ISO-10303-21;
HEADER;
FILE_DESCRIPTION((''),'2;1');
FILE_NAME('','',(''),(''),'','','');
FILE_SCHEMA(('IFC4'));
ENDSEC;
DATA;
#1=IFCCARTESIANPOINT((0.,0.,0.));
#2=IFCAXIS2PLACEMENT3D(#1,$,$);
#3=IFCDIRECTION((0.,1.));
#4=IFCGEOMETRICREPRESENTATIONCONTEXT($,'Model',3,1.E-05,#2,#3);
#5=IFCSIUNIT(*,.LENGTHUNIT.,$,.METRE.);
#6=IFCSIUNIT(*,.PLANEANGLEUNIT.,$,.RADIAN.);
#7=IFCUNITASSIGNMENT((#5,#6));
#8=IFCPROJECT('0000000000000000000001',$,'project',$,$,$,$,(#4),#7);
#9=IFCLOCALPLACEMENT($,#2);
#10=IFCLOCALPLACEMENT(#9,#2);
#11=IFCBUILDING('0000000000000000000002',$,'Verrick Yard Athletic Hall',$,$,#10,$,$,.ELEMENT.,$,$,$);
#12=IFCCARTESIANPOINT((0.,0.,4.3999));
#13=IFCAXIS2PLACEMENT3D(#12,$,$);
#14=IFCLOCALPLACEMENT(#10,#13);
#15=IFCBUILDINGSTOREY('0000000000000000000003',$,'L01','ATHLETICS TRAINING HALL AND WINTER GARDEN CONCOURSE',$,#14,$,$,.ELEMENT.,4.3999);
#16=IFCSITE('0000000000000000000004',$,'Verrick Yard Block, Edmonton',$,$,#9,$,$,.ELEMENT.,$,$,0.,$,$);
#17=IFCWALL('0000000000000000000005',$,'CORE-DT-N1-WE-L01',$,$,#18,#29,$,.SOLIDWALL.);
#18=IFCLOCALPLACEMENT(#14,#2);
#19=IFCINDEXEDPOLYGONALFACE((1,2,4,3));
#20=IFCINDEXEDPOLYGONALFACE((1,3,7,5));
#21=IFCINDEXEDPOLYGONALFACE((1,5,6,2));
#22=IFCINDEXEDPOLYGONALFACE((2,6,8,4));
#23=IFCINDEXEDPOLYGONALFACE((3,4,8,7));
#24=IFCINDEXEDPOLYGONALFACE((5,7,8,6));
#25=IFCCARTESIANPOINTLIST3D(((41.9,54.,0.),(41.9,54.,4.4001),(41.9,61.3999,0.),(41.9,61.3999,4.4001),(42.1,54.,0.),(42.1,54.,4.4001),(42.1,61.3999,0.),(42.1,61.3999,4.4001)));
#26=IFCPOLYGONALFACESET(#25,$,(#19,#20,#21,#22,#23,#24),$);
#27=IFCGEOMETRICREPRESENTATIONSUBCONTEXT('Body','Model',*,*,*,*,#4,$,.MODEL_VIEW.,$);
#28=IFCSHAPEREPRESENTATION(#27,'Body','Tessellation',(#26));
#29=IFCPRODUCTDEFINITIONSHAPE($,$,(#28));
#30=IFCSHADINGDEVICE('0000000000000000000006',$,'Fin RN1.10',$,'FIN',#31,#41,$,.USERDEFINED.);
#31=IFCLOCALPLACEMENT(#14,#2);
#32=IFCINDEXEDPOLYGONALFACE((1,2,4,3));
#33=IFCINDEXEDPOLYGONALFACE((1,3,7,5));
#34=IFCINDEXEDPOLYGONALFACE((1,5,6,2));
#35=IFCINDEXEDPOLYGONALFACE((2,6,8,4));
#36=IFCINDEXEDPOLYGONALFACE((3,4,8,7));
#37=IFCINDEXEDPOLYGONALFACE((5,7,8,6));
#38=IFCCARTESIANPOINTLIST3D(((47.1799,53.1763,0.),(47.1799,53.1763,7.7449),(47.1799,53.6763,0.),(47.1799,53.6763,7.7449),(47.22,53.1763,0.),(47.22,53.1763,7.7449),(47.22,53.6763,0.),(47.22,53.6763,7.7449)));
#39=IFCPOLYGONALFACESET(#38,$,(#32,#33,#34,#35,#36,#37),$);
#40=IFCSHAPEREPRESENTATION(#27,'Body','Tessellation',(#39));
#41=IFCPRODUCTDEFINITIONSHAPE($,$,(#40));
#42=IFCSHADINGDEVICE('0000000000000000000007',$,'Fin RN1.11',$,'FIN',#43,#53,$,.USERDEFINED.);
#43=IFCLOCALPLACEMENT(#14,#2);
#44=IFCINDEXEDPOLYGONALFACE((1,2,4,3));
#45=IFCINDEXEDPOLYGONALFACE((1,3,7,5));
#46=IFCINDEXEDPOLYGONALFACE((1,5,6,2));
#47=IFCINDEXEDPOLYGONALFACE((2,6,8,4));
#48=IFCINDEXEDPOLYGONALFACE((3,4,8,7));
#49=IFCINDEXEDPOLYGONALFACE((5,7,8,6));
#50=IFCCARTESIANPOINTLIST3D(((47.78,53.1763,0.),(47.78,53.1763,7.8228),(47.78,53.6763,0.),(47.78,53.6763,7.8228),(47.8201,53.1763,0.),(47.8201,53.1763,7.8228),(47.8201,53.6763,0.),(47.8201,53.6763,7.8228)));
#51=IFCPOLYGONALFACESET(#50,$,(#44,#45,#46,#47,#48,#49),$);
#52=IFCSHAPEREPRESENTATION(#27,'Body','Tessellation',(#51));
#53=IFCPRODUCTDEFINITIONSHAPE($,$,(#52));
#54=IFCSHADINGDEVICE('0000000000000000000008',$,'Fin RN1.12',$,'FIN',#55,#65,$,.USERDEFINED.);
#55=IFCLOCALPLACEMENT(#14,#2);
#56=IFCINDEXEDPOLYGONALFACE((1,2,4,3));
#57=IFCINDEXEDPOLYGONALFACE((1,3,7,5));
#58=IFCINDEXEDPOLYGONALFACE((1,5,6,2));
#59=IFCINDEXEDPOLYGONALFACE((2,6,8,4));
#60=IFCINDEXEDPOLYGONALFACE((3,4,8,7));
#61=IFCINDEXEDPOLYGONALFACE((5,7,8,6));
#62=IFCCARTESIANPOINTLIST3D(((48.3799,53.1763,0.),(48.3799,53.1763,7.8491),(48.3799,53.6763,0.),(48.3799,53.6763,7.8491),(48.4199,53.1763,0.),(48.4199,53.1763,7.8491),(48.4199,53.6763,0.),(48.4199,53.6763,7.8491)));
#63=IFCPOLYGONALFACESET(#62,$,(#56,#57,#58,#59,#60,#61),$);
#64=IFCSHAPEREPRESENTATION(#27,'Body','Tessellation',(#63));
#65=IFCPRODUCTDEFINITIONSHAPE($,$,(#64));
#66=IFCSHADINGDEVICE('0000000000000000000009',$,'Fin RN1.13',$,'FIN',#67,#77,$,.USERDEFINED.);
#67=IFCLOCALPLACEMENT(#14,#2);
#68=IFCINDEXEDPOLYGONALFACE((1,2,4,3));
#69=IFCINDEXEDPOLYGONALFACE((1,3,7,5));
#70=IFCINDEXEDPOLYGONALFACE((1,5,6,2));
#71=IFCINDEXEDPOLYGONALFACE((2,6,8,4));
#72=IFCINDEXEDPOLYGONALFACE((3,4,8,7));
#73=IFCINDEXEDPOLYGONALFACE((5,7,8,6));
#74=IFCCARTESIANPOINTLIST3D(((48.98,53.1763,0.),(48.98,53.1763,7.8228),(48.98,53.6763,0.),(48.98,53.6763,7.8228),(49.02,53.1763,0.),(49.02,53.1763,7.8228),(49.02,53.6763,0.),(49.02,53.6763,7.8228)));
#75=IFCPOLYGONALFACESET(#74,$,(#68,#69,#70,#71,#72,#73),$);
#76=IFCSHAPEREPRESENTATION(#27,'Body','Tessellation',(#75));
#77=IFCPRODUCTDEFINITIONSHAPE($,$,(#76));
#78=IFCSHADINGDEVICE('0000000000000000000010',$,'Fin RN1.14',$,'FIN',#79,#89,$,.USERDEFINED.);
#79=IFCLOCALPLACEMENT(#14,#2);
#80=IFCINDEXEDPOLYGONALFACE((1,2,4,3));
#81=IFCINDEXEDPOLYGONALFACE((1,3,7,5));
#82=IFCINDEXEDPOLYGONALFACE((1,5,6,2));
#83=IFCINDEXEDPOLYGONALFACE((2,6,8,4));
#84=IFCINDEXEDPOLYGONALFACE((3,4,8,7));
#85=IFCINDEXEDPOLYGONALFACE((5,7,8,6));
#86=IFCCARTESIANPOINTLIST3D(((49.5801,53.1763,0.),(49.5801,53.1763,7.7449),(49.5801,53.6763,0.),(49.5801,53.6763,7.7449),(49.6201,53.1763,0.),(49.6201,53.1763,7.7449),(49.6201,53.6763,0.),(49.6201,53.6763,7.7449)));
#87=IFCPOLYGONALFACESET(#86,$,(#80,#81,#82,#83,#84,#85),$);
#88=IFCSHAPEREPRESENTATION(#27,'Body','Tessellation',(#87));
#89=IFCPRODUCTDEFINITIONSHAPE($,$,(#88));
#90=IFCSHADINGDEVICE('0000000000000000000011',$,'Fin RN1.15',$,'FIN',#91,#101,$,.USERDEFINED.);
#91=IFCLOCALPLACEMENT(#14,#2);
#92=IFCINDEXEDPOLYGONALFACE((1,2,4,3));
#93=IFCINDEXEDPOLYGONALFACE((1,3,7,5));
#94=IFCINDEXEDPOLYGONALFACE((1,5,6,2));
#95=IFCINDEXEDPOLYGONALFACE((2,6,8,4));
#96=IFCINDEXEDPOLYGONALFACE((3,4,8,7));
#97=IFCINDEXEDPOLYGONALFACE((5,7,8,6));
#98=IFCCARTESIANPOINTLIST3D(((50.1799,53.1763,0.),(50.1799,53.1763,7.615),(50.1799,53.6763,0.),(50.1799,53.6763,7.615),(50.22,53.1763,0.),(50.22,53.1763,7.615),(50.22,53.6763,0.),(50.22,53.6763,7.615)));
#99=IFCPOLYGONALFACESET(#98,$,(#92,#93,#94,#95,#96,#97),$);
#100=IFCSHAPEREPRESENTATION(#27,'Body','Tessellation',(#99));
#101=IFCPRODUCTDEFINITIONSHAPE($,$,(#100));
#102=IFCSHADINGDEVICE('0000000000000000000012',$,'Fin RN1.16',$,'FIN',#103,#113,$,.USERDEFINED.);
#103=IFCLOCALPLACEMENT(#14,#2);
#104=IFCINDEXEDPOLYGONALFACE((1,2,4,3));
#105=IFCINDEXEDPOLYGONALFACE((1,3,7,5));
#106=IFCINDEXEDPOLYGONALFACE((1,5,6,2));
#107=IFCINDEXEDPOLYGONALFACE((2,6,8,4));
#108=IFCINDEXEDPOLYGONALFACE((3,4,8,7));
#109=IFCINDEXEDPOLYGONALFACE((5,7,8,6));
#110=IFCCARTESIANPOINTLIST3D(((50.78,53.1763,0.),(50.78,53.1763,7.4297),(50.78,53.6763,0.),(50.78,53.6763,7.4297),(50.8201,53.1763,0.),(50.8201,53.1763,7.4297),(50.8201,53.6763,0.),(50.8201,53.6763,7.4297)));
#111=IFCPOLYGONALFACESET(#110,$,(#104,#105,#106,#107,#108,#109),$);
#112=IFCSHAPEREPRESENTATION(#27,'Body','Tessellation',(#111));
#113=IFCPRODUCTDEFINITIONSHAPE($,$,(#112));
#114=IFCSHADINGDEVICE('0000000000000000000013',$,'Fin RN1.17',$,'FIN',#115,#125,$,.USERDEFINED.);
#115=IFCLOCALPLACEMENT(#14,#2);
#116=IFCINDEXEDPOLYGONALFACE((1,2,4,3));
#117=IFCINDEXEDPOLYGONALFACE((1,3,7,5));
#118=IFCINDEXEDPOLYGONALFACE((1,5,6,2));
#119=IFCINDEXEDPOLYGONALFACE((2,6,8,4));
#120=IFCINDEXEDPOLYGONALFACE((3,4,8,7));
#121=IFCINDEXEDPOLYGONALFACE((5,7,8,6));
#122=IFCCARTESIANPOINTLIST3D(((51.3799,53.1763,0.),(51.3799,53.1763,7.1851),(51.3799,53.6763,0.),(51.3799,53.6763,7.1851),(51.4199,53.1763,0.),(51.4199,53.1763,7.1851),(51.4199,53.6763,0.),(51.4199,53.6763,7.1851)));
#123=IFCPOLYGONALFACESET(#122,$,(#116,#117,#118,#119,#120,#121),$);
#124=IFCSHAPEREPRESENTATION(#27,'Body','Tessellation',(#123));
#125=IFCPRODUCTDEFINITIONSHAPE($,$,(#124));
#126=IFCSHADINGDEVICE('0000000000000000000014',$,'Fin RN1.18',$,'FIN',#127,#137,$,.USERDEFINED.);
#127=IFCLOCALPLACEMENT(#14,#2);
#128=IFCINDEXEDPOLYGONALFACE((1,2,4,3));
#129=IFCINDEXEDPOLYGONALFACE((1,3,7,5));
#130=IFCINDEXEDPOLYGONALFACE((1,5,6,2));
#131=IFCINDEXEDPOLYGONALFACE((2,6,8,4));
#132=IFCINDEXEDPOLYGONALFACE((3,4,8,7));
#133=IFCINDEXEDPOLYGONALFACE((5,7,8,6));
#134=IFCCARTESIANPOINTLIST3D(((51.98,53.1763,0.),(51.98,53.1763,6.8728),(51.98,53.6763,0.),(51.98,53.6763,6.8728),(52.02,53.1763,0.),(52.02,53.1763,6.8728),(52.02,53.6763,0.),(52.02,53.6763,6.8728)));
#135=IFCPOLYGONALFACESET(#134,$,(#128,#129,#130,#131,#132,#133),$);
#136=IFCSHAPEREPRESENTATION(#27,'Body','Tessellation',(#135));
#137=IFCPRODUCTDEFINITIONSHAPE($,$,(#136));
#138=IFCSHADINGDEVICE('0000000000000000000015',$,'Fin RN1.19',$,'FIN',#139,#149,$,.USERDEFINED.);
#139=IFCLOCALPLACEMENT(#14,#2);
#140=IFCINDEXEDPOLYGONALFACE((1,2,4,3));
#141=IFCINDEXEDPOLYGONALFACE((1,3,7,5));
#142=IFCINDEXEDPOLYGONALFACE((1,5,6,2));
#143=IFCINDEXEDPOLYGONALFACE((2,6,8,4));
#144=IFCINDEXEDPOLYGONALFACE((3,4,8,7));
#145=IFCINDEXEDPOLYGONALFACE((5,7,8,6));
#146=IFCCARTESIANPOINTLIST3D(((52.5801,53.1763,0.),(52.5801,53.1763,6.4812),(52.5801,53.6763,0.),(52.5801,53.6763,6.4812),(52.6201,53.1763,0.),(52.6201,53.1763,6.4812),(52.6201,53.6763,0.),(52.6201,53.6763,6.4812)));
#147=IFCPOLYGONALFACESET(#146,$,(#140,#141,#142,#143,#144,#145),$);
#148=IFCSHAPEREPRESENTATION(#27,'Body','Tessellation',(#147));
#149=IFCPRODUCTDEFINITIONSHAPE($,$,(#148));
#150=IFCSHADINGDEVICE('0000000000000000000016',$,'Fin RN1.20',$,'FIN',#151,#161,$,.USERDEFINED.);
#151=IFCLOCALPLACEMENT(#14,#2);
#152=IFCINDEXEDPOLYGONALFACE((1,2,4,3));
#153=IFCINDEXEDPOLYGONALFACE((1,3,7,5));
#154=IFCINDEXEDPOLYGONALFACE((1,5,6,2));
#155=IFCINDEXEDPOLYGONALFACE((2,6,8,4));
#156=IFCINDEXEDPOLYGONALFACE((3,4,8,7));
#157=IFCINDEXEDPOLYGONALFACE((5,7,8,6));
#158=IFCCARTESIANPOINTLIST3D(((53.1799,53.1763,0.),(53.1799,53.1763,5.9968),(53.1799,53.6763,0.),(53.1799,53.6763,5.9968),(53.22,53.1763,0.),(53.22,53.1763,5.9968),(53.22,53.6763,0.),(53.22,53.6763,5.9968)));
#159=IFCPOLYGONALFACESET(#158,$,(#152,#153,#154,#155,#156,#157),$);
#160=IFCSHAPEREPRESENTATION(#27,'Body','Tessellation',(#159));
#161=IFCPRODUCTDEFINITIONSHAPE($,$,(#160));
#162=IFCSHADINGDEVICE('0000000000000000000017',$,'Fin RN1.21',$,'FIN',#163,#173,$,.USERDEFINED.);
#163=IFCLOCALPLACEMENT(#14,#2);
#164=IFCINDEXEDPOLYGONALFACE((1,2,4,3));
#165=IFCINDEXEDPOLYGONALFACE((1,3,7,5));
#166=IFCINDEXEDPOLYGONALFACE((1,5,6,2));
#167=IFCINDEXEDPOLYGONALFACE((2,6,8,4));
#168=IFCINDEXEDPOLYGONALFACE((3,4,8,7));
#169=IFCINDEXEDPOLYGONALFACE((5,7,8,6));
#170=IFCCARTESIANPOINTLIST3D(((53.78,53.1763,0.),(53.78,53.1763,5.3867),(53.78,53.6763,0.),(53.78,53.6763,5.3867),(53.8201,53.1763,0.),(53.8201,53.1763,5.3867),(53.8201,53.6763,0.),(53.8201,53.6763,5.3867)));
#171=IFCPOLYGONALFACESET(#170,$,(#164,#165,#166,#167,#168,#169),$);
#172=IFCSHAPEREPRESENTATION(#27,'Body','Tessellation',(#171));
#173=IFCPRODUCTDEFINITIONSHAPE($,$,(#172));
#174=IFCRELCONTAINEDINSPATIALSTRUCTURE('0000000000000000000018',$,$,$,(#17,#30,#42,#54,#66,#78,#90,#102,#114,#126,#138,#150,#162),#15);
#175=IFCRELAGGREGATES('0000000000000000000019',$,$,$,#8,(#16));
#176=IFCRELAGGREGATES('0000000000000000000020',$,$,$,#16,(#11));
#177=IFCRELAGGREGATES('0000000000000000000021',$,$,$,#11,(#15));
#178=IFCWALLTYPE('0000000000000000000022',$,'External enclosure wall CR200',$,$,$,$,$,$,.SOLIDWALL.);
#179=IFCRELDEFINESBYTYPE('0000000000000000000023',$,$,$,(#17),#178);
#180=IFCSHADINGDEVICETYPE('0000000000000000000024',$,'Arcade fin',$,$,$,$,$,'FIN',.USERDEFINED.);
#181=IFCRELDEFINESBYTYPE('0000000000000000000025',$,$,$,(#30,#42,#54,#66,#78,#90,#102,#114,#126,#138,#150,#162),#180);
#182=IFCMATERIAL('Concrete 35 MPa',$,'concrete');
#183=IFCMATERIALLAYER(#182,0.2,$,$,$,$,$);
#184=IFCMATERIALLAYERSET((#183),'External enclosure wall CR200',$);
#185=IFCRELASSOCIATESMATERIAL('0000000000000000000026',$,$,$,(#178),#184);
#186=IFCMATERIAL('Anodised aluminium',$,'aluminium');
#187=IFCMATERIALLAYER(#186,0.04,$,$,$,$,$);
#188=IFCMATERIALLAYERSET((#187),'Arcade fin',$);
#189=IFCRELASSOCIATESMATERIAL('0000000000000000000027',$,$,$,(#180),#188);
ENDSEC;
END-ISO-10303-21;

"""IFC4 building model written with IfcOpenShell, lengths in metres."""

from ifc_helpers import new_model, si_unit, direction, frame, frame_2d, origin, place, context, subcontext, project, spatial, polyline, rectangle, outline, extrude, material, layer, layer_set, type_object, element, save


model = new_model("IFC4")

# Units and contexts
model_context = context("Model", 3, precision=1e-05, world=origin(), true_north=direction((0.0, 1.0)))
body_context = subcontext(model_context, "Body", "Model", "MODEL_VIEW")
ifc_project = project(units=[si_unit("LENGTHUNIT", "METRE"), si_unit("PLANEANGLEUNIT", "RADIAN")], contexts=[model_context])

# Site, building, storey
site_placement = place(None, origin())
site = spatial("IfcSite", under=ifc_project, at=site_placement, Name="Verrick Yard Block, Edmonton", CompositionType="ELEMENT", RefElevation=0.0)
building_placement = place(site_placement, origin())
building = spatial("IfcBuilding", under=site, at=building_placement, Name="Verrick Yard Athletic Hall", CompositionType="ELEMENT")
storey_placement = place(building_placement, frame((0.0, 0.0, 4.3999)))
storey = spatial("IfcBuildingStorey", under=building, at=storey_placement, Name="L01", Description="ATHLETICS TRAINING HALL AND WINTER GARDEN CONCOURSE", CompositionType="ELEMENT", Elevation=4.3999)

# Wall
ifc_material_1 = material(Name="Concrete 35 MPa", Category="concrete")
ifc_layer_1 = layer(ifc_material_1, 0.2)
ifc_layer_set_1 = layer_set([ifc_layer_1], Name="External enclosure wall CR200")
wall_type = type_object("IfcWallType", Name="External enclosure wall CR200", PredefinedType="SOLIDWALL", material=ifc_layer_set_1)
wall_placement = place(storey_placement, frame((42.0, 61.3999, 0.0), z_axis=(0.0, 0.0, 1.0), x_axis=(0.0, -1.0, 0.0)))
element("IfcWall", 1, at=wall_placement, inside=storey, type_object=wall_type, Name="CORE-DT-N1-WE-L01", PredefinedType="SOLIDWALL", context=body_context, shape_type="SweptSolid", body=[
    extrude(rectangle(XDim=7.3999, YDim=0.2, at=frame_2d((3.7, 0.0))), origin(), (0.0, 0.0, 1.0), 4.4001),
])

# Shading devices
ifc_material_2 = material(Name="Anodised aluminium", Category="aluminium")
ifc_layer_2 = layer(ifc_material_2, 0.04)
ifc_layer_set_2 = layer_set([ifc_layer_2], Name="Arcade fin")
shading_device_type_1 = type_object("IfcShadingDeviceType", Name="Arcade fin", ElementType="FIN", PredefinedType="USERDEFINED", material=ifc_layer_set_2)
shading_device_1_placement = place(storey_placement, frame((47.2, 53.1763, 0.0), z_axis=(0.0, 0.0, 1.0), x_axis=(0.0, 1.0, 0.0)))
element("IfcShadingDevice", 2, at=shading_device_1_placement, inside=storey, type_object=shading_device_type_1, Name="Fin RN1.10", ObjectType="FIN", PredefinedType="USERDEFINED", context=body_context, shape_type="SweptSolid", body=[
    extrude(outline(polyline([(0.0, 0.0), (0.5, 0.0), (0.5, 7.7449), (0.0, 7.7449), (0.0, 0.0)])), frame((0.0, 0.02, 0.0), z_axis=(0.0, -1.0, 0.0), x_axis=(1.0, 0.0, 0.0)), (0.0, 0.0, 1.0), 0.04),
])
shading_device_2_placement = place(storey_placement, frame((47.8, 53.1763, 0.0), z_axis=(0.0, 0.0, 1.0), x_axis=(0.0, 1.0, 0.0)))
element("IfcShadingDevice", 3, at=shading_device_2_placement, inside=storey, type_object=shading_device_type_1, Name="Fin RN1.11", ObjectType="FIN", PredefinedType="USERDEFINED", context=body_context, shape_type="SweptSolid", body=[
    extrude(outline(polyline([(0.0, 0.0), (0.5, 0.0), (0.5, 7.8228), (0.0, 7.8228), (0.0, 0.0)])), frame((0.0, 0.02, 0.0), z_axis=(0.0, -1.0, 0.0), x_axis=(1.0, 0.0, 0.0)), (0.0, 0.0, 1.0), 0.04),
])
shading_device_3_placement = place(storey_placement, frame((48.3999, 53.1763, 0.0), z_axis=(0.0, 0.0, 1.0), x_axis=(0.0, 1.0, 0.0)))
element("IfcShadingDevice", 4, at=shading_device_3_placement, inside=storey, type_object=shading_device_type_1, Name="Fin RN1.12", ObjectType="FIN", PredefinedType="USERDEFINED", context=body_context, shape_type="SweptSolid", body=[
    extrude(outline(polyline([(0.0, 0.0), (0.5, 0.0), (0.5, 7.8491), (0.0, 7.8491), (0.0, 0.0)])), frame((0.0, 0.02, 0.0), z_axis=(0.0, -1.0, 0.0), x_axis=(1.0, 0.0, 0.0)), (0.0, 0.0, 1.0), 0.04),
])
shading_device_4_placement = place(storey_placement, frame((49.0, 53.1763, 0.0), z_axis=(0.0, 0.0, 1.0), x_axis=(0.0, 1.0, 0.0)))
element("IfcShadingDevice", 5, at=shading_device_4_placement, inside=storey, type_object=shading_device_type_1, Name="Fin RN1.13", ObjectType="FIN", PredefinedType="USERDEFINED", context=body_context, shape_type="SweptSolid", body=[
    extrude(outline(polyline([(0.0, 0.0), (0.5, 0.0), (0.5, 7.8228), (0.0, 7.8228), (0.0, 0.0)])), frame((0.0, 0.02, 0.0), z_axis=(0.0, -1.0, 0.0), x_axis=(1.0, 0.0, 0.0)), (0.0, 0.0, 1.0), 0.04),
])
shading_device_5_placement = place(storey_placement, frame((49.6001, 53.1763, 0.0), z_axis=(0.0, 0.0, 1.0), x_axis=(0.0, 1.0, 0.0)))
element("IfcShadingDevice", 6, at=shading_device_5_placement, inside=storey, type_object=shading_device_type_1, Name="Fin RN1.14", ObjectType="FIN", PredefinedType="USERDEFINED", context=body_context, shape_type="SweptSolid", body=[
    extrude(outline(polyline([(0.0, 0.0), (0.5, 0.0), (0.5, 7.7449), (0.0, 7.7449), (0.0, 0.0)])), frame((0.0, 0.02, 0.0), z_axis=(0.0, -1.0, 0.0), x_axis=(1.0, 0.0, 0.0)), (0.0, 0.0, 1.0), 0.04),
])
shading_device_6_placement = place(storey_placement, frame((50.2, 53.1763, 0.0), z_axis=(0.0, 0.0, 1.0), x_axis=(0.0, 1.0, 0.0)))
element("IfcShadingDevice", 7, at=shading_device_6_placement, inside=storey, type_object=shading_device_type_1, Name="Fin RN1.15", ObjectType="FIN", PredefinedType="USERDEFINED", context=body_context, shape_type="SweptSolid", body=[
    extrude(outline(polyline([(0.0, 0.0), (0.5, 0.0), (0.5, 7.615), (0.0, 7.615), (0.0, 0.0)])), frame((0.0, 0.02, 0.0), z_axis=(0.0, -1.0, 0.0), x_axis=(1.0, 0.0, 0.0)), (0.0, 0.0, 1.0), 0.04),
])
shading_device_7_placement = place(storey_placement, frame((50.8, 53.1763, 0.0), z_axis=(0.0, 0.0, 1.0), x_axis=(0.0, 1.0, 0.0)))
element("IfcShadingDevice", 8, at=shading_device_7_placement, inside=storey, type_object=shading_device_type_1, Name="Fin RN1.16", ObjectType="FIN", PredefinedType="USERDEFINED", context=body_context, shape_type="SweptSolid", body=[
    extrude(outline(polyline([(0.0, 0.0), (0.5, 0.0), (0.5, 7.4297), (0.0, 7.4297), (0.0, 0.0)])), frame((0.0, 0.02, 0.0), z_axis=(0.0, -1.0, 0.0), x_axis=(1.0, 0.0, 0.0)), (0.0, 0.0, 1.0), 0.04),
])
shading_device_8_placement = place(storey_placement, frame((51.3999, 53.1763, 0.0), z_axis=(0.0, 0.0, 1.0), x_axis=(0.0, 1.0, 0.0)))
element("IfcShadingDevice", 9, at=shading_device_8_placement, inside=storey, type_object=shading_device_type_1, Name="Fin RN1.17", ObjectType="FIN", PredefinedType="USERDEFINED", context=body_context, shape_type="SweptSolid", body=[
    extrude(outline(polyline([(0.0, 0.0), (0.5, 0.0), (0.5, 7.1851), (0.0, 7.1851), (0.0, 0.0)])), frame((0.0, 0.02, 0.0), z_axis=(0.0, -1.0, 0.0), x_axis=(1.0, 0.0, 0.0)), (0.0, 0.0, 1.0), 0.04),
])
shading_device_9_placement = place(storey_placement, frame((52.0, 53.1763, 0.0), z_axis=(0.0, 0.0, 1.0), x_axis=(0.0, 1.0, 0.0)))
element("IfcShadingDevice", 10, at=shading_device_9_placement, inside=storey, type_object=shading_device_type_1, Name="Fin RN1.18", ObjectType="FIN", PredefinedType="USERDEFINED", context=body_context, shape_type="SweptSolid", body=[
    extrude(outline(polyline([(0.0, 0.0), (0.5, 0.0), (0.5, 6.8728), (0.0, 6.8728), (0.0, 0.0)])), frame((0.0, 0.02, 0.0), z_axis=(0.0, -1.0, 0.0), x_axis=(1.0, 0.0, 0.0)), (0.0, 0.0, 1.0), 0.04),
])
shading_device_10_placement = place(storey_placement, frame((52.6001, 53.1763, 0.0), z_axis=(0.0, 0.0, 1.0), x_axis=(0.0, 1.0, 0.0)))
element("IfcShadingDevice", 11, at=shading_device_10_placement, inside=storey, type_object=shading_device_type_1, Name="Fin RN1.19", ObjectType="FIN", PredefinedType="USERDEFINED", context=body_context, shape_type="SweptSolid", body=[
    extrude(outline(polyline([(0.0, 0.0), (0.5, 0.0), (0.5, 6.4812), (0.0, 6.4812), (0.0, 0.0)])), frame((0.0, 0.02, 0.0), z_axis=(0.0, -1.0, 0.0), x_axis=(1.0, 0.0, 0.0)), (0.0, 0.0, 1.0), 0.04),
])
shading_device_11_placement = place(storey_placement, frame((53.2, 53.1763, 0.0), z_axis=(0.0, 0.0, 1.0), x_axis=(0.0, 1.0, 0.0)))
element("IfcShadingDevice", 12, at=shading_device_11_placement, inside=storey, type_object=shading_device_type_1, Name="Fin RN1.20", ObjectType="FIN", PredefinedType="USERDEFINED", context=body_context, shape_type="SweptSolid", body=[
    extrude(outline(polyline([(0.0, 0.0), (0.5, 0.0), (0.5, 5.9968), (0.0, 5.9968), (0.0, 0.0)])), frame((0.0, 0.02, 0.0), z_axis=(0.0, -1.0, 0.0), x_axis=(1.0, 0.0, 0.0)), (0.0, 0.0, 1.0), 0.04),
])
shading_device_12_placement = place(storey_placement, frame((53.8, 53.1763, 0.0), z_axis=(0.0, 0.0, 1.0), x_axis=(0.0, 1.0, 0.0)))
element("IfcShadingDevice", 13, at=shading_device_12_placement, inside=storey, type_object=shading_device_type_1, Name="Fin RN1.21", ObjectType="FIN", PredefinedType="USERDEFINED", context=body_context, shape_type="SweptSolid", body=[
    extrude(outline(polyline([(0.0, 0.0), (0.5, 0.0), (0.5, 5.3867), (0.0, 5.3867), (0.0, 0.0)])), frame((0.0, 0.02, 0.0), z_axis=(0.0, -1.0, 0.0), x_axis=(1.0, 0.0, 0.0)), (0.0, 0.0, 1.0), 0.04),
])

save(model, "model.ifc")
